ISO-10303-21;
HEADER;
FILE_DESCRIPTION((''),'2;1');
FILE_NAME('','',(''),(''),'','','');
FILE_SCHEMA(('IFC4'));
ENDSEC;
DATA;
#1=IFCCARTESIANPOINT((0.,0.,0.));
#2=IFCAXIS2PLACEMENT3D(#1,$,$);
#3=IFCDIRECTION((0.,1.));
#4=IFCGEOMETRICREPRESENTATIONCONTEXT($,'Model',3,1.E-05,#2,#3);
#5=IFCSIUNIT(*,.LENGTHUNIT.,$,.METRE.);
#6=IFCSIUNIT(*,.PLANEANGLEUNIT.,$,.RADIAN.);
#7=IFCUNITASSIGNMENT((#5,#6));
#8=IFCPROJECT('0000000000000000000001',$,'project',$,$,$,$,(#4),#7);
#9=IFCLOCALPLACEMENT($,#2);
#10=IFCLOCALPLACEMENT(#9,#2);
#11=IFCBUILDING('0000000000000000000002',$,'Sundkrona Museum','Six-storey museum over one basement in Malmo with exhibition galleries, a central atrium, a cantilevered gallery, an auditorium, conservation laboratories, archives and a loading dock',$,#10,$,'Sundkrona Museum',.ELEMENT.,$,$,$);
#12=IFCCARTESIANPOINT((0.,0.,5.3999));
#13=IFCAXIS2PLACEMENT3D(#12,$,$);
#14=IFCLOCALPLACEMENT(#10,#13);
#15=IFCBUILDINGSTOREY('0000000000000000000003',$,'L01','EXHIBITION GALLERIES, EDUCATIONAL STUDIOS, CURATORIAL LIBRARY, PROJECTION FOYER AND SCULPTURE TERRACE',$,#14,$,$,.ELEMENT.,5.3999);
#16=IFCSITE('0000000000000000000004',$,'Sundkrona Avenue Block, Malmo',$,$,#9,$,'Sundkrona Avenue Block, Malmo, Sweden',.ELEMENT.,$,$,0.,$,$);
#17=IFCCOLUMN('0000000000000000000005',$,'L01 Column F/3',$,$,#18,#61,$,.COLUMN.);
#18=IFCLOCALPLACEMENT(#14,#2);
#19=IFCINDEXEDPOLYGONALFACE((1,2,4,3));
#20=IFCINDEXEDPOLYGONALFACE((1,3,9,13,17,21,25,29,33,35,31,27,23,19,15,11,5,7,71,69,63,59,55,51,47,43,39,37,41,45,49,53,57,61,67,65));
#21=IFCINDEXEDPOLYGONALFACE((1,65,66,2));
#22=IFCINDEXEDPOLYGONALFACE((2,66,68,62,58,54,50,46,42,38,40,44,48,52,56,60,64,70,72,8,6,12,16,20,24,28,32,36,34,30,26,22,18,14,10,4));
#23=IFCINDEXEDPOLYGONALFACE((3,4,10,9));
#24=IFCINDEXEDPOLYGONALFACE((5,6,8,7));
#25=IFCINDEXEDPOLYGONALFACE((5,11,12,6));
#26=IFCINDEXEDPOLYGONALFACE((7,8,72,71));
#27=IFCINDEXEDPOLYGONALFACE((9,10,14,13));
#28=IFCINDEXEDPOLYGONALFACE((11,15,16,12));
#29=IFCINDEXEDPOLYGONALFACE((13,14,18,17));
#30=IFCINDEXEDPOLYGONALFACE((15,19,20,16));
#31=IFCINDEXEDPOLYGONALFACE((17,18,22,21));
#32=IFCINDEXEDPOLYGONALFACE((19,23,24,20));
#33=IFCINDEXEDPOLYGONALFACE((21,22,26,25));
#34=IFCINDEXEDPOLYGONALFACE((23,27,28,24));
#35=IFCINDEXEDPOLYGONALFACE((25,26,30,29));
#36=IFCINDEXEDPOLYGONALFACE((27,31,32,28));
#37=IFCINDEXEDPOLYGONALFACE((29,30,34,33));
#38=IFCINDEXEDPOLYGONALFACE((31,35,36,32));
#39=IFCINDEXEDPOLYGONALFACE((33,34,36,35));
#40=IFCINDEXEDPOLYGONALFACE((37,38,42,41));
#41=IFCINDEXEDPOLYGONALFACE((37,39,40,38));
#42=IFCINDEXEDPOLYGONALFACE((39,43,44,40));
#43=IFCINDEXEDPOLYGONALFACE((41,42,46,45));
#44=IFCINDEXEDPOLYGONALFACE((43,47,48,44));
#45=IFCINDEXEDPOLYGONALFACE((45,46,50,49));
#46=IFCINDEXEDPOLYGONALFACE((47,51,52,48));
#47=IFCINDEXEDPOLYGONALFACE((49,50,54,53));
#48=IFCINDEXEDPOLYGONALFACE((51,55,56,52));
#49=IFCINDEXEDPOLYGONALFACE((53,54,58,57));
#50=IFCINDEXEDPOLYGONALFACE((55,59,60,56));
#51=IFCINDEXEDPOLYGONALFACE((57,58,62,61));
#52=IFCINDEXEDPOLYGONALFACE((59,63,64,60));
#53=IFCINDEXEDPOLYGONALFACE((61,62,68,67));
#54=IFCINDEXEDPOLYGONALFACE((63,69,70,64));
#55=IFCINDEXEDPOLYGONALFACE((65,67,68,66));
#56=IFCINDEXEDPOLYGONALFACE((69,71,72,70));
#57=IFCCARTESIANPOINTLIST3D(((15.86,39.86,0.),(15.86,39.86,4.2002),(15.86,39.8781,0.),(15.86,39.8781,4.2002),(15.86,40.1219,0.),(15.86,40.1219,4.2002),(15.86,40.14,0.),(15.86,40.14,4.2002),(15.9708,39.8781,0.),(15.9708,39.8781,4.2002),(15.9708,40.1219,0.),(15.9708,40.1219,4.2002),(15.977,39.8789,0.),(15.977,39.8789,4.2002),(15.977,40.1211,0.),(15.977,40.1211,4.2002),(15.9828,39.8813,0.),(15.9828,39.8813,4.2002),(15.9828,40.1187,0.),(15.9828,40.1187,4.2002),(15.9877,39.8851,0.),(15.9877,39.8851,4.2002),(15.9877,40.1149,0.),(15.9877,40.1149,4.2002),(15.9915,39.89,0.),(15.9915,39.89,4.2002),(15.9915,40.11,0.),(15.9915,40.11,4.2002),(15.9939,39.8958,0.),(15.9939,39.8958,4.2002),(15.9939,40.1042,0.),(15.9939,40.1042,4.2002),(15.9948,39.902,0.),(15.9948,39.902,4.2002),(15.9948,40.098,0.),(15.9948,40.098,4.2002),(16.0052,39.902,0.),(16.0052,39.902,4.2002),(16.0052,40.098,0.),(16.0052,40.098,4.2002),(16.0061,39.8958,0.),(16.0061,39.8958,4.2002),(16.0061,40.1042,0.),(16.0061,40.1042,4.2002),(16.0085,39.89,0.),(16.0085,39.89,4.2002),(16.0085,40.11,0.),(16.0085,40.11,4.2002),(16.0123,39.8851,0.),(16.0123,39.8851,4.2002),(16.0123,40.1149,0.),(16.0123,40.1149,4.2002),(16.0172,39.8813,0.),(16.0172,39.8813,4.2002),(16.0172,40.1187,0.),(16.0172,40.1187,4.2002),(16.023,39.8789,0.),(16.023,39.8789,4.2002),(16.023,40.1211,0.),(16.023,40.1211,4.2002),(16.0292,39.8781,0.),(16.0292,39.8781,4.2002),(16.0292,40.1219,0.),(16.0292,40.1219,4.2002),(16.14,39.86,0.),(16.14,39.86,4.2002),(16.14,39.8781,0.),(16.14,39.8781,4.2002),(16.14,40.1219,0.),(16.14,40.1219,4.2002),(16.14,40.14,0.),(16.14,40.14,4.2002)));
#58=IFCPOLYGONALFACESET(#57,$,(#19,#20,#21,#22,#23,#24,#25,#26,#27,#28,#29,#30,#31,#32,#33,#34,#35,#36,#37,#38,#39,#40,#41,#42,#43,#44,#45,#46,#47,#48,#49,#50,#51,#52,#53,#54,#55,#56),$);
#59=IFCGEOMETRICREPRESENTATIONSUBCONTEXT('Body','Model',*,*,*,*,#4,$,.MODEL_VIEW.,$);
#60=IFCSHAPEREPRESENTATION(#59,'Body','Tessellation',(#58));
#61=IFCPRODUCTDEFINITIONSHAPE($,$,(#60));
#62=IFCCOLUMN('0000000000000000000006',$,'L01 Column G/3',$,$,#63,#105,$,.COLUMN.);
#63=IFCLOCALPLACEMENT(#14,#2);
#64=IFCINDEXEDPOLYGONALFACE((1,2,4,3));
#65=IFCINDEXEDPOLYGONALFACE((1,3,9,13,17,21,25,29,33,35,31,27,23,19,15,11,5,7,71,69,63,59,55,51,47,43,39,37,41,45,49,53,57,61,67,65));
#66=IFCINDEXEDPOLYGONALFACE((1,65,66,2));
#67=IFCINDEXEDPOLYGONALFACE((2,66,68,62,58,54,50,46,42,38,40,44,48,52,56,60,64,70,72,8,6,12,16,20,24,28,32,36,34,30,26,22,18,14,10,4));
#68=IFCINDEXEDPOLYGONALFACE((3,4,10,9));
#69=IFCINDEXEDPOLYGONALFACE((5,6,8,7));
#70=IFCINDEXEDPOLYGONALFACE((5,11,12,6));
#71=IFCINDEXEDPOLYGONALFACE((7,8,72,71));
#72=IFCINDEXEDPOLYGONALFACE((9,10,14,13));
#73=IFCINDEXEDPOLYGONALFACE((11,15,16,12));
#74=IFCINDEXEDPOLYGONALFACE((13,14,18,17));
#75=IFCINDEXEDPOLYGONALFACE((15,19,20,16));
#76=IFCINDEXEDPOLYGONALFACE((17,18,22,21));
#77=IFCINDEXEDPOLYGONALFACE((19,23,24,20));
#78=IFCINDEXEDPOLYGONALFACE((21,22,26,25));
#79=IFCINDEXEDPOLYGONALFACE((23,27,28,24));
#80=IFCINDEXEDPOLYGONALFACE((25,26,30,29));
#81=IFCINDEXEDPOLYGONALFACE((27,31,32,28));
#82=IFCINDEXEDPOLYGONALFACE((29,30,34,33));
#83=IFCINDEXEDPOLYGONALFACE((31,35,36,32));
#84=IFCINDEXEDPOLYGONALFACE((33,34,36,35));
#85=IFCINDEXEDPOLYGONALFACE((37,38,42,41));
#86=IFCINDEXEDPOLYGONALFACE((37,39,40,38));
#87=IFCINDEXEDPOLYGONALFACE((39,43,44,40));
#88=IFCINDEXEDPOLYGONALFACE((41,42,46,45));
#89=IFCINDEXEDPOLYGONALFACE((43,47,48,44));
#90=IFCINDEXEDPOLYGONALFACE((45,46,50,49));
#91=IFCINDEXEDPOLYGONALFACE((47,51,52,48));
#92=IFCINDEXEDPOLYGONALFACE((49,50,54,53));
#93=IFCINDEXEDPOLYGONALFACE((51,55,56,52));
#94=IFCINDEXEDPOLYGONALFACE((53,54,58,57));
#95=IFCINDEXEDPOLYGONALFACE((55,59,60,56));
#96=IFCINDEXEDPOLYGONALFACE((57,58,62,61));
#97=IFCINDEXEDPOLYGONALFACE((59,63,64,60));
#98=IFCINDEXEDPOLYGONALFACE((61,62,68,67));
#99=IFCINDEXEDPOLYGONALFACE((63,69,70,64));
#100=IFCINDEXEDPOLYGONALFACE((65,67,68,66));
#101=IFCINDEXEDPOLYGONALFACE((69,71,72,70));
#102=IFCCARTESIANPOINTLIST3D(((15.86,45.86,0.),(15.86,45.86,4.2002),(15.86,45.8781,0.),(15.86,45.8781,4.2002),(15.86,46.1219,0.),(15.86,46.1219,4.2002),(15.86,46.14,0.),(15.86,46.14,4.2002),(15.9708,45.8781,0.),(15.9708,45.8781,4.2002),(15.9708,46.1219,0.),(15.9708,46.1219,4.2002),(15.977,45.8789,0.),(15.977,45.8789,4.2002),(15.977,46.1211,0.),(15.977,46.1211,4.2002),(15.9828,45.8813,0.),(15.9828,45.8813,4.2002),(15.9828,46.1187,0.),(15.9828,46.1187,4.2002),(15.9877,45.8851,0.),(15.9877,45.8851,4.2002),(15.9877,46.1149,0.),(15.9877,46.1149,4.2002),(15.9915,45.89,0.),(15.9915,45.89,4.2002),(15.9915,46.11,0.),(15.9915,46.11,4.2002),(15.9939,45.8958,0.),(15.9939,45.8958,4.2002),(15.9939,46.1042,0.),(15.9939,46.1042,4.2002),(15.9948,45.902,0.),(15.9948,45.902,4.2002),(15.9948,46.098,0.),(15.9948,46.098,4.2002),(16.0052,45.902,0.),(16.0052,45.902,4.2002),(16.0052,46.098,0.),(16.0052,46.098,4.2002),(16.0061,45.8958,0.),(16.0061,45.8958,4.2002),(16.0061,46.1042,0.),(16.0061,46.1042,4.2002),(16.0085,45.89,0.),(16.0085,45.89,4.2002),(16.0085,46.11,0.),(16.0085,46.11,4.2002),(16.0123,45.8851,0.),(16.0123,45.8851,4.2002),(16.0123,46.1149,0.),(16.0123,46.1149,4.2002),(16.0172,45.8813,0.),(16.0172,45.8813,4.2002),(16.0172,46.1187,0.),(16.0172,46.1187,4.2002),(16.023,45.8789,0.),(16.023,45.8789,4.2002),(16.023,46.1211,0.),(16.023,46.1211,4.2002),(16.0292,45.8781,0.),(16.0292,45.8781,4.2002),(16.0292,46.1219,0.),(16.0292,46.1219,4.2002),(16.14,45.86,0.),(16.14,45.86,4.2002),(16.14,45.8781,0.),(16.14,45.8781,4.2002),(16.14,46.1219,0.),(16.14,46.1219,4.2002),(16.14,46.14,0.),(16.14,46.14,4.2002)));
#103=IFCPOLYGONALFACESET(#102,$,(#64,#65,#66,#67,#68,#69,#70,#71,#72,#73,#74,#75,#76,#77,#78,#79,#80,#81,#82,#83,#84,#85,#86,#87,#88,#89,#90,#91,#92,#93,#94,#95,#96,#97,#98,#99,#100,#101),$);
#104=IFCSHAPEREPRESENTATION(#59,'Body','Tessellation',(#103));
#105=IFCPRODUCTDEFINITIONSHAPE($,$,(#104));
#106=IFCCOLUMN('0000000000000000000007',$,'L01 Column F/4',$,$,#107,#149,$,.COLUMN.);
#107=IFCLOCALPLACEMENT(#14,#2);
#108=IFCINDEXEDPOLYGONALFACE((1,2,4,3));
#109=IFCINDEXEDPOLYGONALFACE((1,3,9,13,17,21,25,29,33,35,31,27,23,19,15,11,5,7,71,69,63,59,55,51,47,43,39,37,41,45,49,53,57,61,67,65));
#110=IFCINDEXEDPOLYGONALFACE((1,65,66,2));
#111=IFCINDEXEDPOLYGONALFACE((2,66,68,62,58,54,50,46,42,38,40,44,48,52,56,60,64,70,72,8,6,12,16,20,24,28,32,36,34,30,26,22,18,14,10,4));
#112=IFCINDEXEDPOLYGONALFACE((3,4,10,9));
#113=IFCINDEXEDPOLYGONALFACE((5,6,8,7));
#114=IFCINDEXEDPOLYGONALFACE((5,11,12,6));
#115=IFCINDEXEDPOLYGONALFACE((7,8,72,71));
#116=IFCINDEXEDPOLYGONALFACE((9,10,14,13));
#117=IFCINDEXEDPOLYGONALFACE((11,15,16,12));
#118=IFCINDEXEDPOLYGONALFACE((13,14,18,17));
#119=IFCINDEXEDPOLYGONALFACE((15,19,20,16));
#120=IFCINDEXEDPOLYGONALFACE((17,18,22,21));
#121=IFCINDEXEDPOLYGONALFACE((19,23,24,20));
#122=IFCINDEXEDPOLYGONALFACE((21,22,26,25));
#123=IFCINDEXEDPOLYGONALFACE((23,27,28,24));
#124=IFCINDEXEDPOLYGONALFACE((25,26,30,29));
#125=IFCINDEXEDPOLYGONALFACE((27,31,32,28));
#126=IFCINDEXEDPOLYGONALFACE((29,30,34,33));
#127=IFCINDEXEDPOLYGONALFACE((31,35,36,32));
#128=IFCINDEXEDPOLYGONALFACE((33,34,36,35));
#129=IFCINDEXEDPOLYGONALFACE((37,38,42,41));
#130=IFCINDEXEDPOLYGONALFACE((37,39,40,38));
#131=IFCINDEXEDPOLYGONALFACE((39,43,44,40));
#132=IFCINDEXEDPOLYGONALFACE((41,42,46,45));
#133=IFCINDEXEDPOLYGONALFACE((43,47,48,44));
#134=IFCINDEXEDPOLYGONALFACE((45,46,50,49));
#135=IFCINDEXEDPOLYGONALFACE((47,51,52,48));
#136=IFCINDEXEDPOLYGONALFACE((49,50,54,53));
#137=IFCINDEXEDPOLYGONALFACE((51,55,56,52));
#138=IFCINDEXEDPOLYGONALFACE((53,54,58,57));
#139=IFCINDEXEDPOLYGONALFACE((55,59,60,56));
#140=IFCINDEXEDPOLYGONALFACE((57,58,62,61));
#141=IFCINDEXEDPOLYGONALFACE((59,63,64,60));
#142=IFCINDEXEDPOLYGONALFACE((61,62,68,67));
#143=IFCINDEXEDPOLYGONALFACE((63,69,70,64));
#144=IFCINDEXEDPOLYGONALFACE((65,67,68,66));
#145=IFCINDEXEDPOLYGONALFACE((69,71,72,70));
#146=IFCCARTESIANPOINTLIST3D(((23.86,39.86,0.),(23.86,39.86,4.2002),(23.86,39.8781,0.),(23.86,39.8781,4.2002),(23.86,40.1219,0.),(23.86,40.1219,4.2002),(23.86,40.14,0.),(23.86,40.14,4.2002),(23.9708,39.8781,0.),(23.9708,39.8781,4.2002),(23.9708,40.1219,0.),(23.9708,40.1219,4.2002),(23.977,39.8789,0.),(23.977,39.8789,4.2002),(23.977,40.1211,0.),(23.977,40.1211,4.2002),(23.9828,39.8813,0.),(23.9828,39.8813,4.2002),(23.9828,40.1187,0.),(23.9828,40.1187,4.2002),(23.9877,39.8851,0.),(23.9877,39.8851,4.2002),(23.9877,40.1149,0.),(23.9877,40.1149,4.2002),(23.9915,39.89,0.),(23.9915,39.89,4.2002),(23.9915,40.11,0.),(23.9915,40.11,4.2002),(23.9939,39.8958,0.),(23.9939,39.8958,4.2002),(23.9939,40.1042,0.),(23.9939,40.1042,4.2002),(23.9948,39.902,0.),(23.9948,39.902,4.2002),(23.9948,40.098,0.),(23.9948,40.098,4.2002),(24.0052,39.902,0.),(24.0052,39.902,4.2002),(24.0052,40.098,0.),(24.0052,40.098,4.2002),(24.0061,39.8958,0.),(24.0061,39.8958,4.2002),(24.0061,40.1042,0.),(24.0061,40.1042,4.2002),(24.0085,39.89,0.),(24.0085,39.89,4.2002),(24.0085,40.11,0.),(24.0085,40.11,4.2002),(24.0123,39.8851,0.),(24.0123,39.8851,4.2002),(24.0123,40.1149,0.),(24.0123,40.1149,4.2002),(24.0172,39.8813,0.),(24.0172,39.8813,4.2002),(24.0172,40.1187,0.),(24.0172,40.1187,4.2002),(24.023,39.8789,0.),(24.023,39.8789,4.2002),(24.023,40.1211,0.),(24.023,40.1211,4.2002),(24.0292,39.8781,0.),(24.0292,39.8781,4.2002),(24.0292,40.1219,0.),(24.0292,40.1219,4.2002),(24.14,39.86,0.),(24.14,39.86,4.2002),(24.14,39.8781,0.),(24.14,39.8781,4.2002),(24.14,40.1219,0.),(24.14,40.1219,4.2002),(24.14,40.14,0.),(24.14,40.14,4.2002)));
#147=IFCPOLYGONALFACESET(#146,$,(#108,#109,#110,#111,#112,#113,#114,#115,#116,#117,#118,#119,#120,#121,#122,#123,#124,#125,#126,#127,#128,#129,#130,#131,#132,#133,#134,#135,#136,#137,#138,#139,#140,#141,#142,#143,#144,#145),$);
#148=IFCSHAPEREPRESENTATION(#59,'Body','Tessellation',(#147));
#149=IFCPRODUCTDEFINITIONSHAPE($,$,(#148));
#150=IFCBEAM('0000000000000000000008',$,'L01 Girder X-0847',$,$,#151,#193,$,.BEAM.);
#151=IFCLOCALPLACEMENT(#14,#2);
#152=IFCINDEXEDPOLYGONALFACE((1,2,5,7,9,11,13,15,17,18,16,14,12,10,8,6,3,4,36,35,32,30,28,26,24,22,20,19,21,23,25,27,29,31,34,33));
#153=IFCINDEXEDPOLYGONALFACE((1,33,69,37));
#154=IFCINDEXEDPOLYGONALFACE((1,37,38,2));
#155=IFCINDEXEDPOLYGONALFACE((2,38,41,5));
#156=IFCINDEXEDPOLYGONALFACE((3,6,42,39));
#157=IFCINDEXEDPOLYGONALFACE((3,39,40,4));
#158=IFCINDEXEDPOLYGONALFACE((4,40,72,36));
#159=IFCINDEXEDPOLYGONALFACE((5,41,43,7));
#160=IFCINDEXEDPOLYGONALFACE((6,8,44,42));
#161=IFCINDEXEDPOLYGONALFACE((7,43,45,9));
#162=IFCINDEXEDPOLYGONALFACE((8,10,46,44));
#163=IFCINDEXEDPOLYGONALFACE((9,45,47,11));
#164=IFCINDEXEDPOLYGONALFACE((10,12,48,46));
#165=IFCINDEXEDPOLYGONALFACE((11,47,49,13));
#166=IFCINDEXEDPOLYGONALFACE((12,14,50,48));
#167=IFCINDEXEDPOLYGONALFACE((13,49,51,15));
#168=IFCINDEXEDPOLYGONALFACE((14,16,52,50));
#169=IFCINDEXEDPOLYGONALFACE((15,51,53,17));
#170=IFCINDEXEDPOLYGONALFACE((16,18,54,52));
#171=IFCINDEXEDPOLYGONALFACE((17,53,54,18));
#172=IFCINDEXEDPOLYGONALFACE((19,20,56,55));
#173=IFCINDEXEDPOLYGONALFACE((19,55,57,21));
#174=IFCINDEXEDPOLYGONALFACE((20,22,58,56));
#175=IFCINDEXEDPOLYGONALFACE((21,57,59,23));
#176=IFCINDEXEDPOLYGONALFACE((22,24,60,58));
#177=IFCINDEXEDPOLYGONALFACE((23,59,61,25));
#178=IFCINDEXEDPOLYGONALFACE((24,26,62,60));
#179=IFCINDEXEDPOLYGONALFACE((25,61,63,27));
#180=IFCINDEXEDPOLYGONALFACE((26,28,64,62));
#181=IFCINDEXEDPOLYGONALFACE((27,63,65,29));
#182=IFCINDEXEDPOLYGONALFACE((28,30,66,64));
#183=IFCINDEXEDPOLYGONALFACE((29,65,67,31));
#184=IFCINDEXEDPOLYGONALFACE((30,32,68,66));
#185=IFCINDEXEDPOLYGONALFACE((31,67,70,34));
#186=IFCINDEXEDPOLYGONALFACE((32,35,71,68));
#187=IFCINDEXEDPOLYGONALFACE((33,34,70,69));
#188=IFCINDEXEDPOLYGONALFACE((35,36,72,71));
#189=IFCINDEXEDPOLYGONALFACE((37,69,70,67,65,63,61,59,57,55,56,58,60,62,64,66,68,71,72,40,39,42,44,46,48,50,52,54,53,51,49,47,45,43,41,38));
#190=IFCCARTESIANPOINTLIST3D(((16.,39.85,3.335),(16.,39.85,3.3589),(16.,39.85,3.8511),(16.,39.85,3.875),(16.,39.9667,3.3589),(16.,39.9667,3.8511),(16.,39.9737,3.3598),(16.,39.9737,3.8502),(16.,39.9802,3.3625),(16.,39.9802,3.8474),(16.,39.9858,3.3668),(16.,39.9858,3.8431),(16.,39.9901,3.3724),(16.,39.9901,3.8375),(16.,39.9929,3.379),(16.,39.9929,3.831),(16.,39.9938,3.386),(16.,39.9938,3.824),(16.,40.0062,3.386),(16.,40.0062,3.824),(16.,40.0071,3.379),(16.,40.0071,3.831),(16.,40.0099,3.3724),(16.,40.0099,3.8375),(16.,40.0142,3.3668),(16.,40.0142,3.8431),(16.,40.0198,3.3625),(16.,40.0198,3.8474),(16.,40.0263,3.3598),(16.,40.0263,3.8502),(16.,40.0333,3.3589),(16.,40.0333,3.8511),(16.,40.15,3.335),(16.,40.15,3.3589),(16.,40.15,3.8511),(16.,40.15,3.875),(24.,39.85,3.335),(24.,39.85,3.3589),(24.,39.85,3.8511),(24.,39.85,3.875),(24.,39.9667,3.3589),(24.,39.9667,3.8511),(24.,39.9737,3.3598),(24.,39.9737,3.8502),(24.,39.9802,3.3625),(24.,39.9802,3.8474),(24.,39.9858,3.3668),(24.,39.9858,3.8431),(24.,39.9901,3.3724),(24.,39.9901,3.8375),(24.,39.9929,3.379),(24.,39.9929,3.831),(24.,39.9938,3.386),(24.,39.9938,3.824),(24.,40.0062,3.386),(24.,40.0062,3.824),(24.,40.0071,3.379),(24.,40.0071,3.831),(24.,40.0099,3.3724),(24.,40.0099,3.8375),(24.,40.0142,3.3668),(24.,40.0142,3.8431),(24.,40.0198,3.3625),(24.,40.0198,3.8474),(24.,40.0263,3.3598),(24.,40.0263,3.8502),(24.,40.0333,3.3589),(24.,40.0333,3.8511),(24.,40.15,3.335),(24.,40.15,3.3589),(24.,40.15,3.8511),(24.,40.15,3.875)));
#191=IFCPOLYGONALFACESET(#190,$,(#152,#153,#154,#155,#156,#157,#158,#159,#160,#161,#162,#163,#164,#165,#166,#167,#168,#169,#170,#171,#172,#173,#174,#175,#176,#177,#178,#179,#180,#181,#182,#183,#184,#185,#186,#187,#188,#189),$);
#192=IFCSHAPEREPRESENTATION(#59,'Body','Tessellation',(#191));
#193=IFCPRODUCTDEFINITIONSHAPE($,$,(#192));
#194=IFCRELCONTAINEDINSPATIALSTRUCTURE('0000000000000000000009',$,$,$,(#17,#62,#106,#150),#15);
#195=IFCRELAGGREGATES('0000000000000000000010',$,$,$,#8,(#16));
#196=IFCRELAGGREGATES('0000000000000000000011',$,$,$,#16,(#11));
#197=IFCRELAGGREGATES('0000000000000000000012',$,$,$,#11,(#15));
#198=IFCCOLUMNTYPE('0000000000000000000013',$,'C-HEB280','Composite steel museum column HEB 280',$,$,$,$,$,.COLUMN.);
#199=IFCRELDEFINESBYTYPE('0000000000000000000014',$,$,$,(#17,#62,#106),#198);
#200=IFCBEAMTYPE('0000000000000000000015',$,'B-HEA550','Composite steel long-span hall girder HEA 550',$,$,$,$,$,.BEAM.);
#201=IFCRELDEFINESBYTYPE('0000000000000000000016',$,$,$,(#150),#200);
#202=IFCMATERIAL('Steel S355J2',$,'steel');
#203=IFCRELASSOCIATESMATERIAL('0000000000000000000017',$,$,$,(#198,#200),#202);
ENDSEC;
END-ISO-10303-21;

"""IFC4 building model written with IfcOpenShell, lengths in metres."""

from ifc_helpers import new_model, si_unit, direction, frame, origin, origin_2d, place, context, subcontext, project, spatial, i_section, extrude, material, material_profile, profile_set, type_object, element, save


model = new_model("IFC4")

# Units and contexts
model_context = context("Model", 3, precision=1e-05, world=origin(), true_north=direction((0.0, 1.0)))
body_context = subcontext(model_context, "Body", "Model", "MODEL_VIEW")
ifc_project = project(units=[si_unit("LENGTHUNIT", "METRE"), si_unit("PLANEANGLEUNIT", "RADIAN")], contexts=[model_context])

# Site, building, storey
site_placement = place(None, origin())
site = spatial("IfcSite", under=ifc_project, at=site_placement, Name="Sundkrona Avenue Block, Malmo", LongName="Sundkrona Avenue Block, Malmo, Sweden", CompositionType="ELEMENT", RefElevation=0.0)
building_placement = place(site_placement, origin())
building = spatial("IfcBuilding", under=site, at=building_placement, Name="Sundkrona Museum", Description="Six-storey museum over one basement in Malmo with exhibition galleries, a central atrium, a cantilevered gallery, an auditorium, conservation laboratories, archives and a loading dock", LongName="Sundkrona Museum", CompositionType="ELEMENT")
storey_placement = place(building_placement, frame((0.0, 0.0, 5.3999)))
storey = spatial("IfcBuildingStorey", under=building, at=storey_placement, Name="L01", Description="EXHIBITION GALLERIES, EDUCATIONAL STUDIOS, CURATORIAL LIBRARY, PROJECTION FOYER AND SCULPTURE TERRACE", CompositionType="ELEMENT", Elevation=5.3999)

# Columns
ifc_material_1 = material(Name="Steel S355J2", Category="steel")
ifc_material_profile_1 = material_profile(ifc_material_1, i_section(OverallWidth=0.28, OverallDepth=0.28, WebThickness=0.0105, FlangeThickness=0.0181, FilletRadius=0.0239, at=origin_2d()), Name="HEB 280")
ifc_profile_set_1 = profile_set([ifc_material_profile_1], Name="Steel S355J2")
column_type = type_object("IfcColumnType", Name="C-HEB280", Description="Composite steel museum column HEB 280", PredefinedType="COLUMN", material=ifc_profile_set_1)
for number, where, z_axis, x_axis, name in (
    (1, (16.0, 40.0, 0.0), (0.0, 0.0, 1.0), (1.0, 0.0, 0.0), "L01 Column F/3"),
    (2, (16.0, 46.0, 0.0), (0.0, 0.0, 1.0), (1.0, 0.0, 0.0), "L01 Column G/3"),
    (3, (24.0, 40.0, 0.0), (0.0, 0.0, 1.0), (1.0, 0.0, 0.0), "L01 Column F/4"),
):
    element("IfcColumn", number, at=place(storey_placement, frame(where, z_axis=z_axis, x_axis=x_axis)), inside=storey, type_object=column_type, Name=name, PredefinedType="COLUMN", context=body_context, shape_type="SweptSolid", body=[
        extrude(i_section(OverallWidth=0.28, OverallDepth=0.28, WebThickness=0.0105, FlangeThickness=0.0181, FilletRadius=0.0239, at=origin_2d()), origin(), (0.0, 0.0, 1.0), 4.2002),
    ])

# Beam
ifc_material_profile_2 = material_profile(ifc_material_1, i_section(OverallWidth=0.3, OverallDepth=0.54, WebThickness=0.0125, FlangeThickness=0.0239, FilletRadius=0.0271, at=origin_2d()), Name="HEA 550")
ifc_profile_set_2 = profile_set([ifc_material_profile_2], Name="Steel S355J2")
beam_type_1 = type_object("IfcBeamType", Name="B-HEA550", Description="Composite steel long-span hall girder HEA 550", PredefinedType="BEAM", material=ifc_profile_set_2)
for number, where, z_axis, x_axis, name in (
    (4, (16.0, 40.0, 3.605), (1.0, 0.0, 0.0), (0.0, 1.0, 0.0), "L01 Girder X-0847"),
):
    element("IfcBeam", number, at=place(storey_placement, frame(where, z_axis=z_axis, x_axis=x_axis)), inside=storey, type_object=beam_type_1, Name=name, PredefinedType="BEAM", context=body_context, shape_type="SweptSolid", body=[
        extrude(i_section(OverallWidth=0.3, OverallDepth=0.54, WebThickness=0.0125, FlangeThickness=0.0239, FilletRadius=0.0271, at=origin_2d()), origin(), (0.0, 0.0, 1.0), 8.0),
    ])

save(model, "model.ifc")
